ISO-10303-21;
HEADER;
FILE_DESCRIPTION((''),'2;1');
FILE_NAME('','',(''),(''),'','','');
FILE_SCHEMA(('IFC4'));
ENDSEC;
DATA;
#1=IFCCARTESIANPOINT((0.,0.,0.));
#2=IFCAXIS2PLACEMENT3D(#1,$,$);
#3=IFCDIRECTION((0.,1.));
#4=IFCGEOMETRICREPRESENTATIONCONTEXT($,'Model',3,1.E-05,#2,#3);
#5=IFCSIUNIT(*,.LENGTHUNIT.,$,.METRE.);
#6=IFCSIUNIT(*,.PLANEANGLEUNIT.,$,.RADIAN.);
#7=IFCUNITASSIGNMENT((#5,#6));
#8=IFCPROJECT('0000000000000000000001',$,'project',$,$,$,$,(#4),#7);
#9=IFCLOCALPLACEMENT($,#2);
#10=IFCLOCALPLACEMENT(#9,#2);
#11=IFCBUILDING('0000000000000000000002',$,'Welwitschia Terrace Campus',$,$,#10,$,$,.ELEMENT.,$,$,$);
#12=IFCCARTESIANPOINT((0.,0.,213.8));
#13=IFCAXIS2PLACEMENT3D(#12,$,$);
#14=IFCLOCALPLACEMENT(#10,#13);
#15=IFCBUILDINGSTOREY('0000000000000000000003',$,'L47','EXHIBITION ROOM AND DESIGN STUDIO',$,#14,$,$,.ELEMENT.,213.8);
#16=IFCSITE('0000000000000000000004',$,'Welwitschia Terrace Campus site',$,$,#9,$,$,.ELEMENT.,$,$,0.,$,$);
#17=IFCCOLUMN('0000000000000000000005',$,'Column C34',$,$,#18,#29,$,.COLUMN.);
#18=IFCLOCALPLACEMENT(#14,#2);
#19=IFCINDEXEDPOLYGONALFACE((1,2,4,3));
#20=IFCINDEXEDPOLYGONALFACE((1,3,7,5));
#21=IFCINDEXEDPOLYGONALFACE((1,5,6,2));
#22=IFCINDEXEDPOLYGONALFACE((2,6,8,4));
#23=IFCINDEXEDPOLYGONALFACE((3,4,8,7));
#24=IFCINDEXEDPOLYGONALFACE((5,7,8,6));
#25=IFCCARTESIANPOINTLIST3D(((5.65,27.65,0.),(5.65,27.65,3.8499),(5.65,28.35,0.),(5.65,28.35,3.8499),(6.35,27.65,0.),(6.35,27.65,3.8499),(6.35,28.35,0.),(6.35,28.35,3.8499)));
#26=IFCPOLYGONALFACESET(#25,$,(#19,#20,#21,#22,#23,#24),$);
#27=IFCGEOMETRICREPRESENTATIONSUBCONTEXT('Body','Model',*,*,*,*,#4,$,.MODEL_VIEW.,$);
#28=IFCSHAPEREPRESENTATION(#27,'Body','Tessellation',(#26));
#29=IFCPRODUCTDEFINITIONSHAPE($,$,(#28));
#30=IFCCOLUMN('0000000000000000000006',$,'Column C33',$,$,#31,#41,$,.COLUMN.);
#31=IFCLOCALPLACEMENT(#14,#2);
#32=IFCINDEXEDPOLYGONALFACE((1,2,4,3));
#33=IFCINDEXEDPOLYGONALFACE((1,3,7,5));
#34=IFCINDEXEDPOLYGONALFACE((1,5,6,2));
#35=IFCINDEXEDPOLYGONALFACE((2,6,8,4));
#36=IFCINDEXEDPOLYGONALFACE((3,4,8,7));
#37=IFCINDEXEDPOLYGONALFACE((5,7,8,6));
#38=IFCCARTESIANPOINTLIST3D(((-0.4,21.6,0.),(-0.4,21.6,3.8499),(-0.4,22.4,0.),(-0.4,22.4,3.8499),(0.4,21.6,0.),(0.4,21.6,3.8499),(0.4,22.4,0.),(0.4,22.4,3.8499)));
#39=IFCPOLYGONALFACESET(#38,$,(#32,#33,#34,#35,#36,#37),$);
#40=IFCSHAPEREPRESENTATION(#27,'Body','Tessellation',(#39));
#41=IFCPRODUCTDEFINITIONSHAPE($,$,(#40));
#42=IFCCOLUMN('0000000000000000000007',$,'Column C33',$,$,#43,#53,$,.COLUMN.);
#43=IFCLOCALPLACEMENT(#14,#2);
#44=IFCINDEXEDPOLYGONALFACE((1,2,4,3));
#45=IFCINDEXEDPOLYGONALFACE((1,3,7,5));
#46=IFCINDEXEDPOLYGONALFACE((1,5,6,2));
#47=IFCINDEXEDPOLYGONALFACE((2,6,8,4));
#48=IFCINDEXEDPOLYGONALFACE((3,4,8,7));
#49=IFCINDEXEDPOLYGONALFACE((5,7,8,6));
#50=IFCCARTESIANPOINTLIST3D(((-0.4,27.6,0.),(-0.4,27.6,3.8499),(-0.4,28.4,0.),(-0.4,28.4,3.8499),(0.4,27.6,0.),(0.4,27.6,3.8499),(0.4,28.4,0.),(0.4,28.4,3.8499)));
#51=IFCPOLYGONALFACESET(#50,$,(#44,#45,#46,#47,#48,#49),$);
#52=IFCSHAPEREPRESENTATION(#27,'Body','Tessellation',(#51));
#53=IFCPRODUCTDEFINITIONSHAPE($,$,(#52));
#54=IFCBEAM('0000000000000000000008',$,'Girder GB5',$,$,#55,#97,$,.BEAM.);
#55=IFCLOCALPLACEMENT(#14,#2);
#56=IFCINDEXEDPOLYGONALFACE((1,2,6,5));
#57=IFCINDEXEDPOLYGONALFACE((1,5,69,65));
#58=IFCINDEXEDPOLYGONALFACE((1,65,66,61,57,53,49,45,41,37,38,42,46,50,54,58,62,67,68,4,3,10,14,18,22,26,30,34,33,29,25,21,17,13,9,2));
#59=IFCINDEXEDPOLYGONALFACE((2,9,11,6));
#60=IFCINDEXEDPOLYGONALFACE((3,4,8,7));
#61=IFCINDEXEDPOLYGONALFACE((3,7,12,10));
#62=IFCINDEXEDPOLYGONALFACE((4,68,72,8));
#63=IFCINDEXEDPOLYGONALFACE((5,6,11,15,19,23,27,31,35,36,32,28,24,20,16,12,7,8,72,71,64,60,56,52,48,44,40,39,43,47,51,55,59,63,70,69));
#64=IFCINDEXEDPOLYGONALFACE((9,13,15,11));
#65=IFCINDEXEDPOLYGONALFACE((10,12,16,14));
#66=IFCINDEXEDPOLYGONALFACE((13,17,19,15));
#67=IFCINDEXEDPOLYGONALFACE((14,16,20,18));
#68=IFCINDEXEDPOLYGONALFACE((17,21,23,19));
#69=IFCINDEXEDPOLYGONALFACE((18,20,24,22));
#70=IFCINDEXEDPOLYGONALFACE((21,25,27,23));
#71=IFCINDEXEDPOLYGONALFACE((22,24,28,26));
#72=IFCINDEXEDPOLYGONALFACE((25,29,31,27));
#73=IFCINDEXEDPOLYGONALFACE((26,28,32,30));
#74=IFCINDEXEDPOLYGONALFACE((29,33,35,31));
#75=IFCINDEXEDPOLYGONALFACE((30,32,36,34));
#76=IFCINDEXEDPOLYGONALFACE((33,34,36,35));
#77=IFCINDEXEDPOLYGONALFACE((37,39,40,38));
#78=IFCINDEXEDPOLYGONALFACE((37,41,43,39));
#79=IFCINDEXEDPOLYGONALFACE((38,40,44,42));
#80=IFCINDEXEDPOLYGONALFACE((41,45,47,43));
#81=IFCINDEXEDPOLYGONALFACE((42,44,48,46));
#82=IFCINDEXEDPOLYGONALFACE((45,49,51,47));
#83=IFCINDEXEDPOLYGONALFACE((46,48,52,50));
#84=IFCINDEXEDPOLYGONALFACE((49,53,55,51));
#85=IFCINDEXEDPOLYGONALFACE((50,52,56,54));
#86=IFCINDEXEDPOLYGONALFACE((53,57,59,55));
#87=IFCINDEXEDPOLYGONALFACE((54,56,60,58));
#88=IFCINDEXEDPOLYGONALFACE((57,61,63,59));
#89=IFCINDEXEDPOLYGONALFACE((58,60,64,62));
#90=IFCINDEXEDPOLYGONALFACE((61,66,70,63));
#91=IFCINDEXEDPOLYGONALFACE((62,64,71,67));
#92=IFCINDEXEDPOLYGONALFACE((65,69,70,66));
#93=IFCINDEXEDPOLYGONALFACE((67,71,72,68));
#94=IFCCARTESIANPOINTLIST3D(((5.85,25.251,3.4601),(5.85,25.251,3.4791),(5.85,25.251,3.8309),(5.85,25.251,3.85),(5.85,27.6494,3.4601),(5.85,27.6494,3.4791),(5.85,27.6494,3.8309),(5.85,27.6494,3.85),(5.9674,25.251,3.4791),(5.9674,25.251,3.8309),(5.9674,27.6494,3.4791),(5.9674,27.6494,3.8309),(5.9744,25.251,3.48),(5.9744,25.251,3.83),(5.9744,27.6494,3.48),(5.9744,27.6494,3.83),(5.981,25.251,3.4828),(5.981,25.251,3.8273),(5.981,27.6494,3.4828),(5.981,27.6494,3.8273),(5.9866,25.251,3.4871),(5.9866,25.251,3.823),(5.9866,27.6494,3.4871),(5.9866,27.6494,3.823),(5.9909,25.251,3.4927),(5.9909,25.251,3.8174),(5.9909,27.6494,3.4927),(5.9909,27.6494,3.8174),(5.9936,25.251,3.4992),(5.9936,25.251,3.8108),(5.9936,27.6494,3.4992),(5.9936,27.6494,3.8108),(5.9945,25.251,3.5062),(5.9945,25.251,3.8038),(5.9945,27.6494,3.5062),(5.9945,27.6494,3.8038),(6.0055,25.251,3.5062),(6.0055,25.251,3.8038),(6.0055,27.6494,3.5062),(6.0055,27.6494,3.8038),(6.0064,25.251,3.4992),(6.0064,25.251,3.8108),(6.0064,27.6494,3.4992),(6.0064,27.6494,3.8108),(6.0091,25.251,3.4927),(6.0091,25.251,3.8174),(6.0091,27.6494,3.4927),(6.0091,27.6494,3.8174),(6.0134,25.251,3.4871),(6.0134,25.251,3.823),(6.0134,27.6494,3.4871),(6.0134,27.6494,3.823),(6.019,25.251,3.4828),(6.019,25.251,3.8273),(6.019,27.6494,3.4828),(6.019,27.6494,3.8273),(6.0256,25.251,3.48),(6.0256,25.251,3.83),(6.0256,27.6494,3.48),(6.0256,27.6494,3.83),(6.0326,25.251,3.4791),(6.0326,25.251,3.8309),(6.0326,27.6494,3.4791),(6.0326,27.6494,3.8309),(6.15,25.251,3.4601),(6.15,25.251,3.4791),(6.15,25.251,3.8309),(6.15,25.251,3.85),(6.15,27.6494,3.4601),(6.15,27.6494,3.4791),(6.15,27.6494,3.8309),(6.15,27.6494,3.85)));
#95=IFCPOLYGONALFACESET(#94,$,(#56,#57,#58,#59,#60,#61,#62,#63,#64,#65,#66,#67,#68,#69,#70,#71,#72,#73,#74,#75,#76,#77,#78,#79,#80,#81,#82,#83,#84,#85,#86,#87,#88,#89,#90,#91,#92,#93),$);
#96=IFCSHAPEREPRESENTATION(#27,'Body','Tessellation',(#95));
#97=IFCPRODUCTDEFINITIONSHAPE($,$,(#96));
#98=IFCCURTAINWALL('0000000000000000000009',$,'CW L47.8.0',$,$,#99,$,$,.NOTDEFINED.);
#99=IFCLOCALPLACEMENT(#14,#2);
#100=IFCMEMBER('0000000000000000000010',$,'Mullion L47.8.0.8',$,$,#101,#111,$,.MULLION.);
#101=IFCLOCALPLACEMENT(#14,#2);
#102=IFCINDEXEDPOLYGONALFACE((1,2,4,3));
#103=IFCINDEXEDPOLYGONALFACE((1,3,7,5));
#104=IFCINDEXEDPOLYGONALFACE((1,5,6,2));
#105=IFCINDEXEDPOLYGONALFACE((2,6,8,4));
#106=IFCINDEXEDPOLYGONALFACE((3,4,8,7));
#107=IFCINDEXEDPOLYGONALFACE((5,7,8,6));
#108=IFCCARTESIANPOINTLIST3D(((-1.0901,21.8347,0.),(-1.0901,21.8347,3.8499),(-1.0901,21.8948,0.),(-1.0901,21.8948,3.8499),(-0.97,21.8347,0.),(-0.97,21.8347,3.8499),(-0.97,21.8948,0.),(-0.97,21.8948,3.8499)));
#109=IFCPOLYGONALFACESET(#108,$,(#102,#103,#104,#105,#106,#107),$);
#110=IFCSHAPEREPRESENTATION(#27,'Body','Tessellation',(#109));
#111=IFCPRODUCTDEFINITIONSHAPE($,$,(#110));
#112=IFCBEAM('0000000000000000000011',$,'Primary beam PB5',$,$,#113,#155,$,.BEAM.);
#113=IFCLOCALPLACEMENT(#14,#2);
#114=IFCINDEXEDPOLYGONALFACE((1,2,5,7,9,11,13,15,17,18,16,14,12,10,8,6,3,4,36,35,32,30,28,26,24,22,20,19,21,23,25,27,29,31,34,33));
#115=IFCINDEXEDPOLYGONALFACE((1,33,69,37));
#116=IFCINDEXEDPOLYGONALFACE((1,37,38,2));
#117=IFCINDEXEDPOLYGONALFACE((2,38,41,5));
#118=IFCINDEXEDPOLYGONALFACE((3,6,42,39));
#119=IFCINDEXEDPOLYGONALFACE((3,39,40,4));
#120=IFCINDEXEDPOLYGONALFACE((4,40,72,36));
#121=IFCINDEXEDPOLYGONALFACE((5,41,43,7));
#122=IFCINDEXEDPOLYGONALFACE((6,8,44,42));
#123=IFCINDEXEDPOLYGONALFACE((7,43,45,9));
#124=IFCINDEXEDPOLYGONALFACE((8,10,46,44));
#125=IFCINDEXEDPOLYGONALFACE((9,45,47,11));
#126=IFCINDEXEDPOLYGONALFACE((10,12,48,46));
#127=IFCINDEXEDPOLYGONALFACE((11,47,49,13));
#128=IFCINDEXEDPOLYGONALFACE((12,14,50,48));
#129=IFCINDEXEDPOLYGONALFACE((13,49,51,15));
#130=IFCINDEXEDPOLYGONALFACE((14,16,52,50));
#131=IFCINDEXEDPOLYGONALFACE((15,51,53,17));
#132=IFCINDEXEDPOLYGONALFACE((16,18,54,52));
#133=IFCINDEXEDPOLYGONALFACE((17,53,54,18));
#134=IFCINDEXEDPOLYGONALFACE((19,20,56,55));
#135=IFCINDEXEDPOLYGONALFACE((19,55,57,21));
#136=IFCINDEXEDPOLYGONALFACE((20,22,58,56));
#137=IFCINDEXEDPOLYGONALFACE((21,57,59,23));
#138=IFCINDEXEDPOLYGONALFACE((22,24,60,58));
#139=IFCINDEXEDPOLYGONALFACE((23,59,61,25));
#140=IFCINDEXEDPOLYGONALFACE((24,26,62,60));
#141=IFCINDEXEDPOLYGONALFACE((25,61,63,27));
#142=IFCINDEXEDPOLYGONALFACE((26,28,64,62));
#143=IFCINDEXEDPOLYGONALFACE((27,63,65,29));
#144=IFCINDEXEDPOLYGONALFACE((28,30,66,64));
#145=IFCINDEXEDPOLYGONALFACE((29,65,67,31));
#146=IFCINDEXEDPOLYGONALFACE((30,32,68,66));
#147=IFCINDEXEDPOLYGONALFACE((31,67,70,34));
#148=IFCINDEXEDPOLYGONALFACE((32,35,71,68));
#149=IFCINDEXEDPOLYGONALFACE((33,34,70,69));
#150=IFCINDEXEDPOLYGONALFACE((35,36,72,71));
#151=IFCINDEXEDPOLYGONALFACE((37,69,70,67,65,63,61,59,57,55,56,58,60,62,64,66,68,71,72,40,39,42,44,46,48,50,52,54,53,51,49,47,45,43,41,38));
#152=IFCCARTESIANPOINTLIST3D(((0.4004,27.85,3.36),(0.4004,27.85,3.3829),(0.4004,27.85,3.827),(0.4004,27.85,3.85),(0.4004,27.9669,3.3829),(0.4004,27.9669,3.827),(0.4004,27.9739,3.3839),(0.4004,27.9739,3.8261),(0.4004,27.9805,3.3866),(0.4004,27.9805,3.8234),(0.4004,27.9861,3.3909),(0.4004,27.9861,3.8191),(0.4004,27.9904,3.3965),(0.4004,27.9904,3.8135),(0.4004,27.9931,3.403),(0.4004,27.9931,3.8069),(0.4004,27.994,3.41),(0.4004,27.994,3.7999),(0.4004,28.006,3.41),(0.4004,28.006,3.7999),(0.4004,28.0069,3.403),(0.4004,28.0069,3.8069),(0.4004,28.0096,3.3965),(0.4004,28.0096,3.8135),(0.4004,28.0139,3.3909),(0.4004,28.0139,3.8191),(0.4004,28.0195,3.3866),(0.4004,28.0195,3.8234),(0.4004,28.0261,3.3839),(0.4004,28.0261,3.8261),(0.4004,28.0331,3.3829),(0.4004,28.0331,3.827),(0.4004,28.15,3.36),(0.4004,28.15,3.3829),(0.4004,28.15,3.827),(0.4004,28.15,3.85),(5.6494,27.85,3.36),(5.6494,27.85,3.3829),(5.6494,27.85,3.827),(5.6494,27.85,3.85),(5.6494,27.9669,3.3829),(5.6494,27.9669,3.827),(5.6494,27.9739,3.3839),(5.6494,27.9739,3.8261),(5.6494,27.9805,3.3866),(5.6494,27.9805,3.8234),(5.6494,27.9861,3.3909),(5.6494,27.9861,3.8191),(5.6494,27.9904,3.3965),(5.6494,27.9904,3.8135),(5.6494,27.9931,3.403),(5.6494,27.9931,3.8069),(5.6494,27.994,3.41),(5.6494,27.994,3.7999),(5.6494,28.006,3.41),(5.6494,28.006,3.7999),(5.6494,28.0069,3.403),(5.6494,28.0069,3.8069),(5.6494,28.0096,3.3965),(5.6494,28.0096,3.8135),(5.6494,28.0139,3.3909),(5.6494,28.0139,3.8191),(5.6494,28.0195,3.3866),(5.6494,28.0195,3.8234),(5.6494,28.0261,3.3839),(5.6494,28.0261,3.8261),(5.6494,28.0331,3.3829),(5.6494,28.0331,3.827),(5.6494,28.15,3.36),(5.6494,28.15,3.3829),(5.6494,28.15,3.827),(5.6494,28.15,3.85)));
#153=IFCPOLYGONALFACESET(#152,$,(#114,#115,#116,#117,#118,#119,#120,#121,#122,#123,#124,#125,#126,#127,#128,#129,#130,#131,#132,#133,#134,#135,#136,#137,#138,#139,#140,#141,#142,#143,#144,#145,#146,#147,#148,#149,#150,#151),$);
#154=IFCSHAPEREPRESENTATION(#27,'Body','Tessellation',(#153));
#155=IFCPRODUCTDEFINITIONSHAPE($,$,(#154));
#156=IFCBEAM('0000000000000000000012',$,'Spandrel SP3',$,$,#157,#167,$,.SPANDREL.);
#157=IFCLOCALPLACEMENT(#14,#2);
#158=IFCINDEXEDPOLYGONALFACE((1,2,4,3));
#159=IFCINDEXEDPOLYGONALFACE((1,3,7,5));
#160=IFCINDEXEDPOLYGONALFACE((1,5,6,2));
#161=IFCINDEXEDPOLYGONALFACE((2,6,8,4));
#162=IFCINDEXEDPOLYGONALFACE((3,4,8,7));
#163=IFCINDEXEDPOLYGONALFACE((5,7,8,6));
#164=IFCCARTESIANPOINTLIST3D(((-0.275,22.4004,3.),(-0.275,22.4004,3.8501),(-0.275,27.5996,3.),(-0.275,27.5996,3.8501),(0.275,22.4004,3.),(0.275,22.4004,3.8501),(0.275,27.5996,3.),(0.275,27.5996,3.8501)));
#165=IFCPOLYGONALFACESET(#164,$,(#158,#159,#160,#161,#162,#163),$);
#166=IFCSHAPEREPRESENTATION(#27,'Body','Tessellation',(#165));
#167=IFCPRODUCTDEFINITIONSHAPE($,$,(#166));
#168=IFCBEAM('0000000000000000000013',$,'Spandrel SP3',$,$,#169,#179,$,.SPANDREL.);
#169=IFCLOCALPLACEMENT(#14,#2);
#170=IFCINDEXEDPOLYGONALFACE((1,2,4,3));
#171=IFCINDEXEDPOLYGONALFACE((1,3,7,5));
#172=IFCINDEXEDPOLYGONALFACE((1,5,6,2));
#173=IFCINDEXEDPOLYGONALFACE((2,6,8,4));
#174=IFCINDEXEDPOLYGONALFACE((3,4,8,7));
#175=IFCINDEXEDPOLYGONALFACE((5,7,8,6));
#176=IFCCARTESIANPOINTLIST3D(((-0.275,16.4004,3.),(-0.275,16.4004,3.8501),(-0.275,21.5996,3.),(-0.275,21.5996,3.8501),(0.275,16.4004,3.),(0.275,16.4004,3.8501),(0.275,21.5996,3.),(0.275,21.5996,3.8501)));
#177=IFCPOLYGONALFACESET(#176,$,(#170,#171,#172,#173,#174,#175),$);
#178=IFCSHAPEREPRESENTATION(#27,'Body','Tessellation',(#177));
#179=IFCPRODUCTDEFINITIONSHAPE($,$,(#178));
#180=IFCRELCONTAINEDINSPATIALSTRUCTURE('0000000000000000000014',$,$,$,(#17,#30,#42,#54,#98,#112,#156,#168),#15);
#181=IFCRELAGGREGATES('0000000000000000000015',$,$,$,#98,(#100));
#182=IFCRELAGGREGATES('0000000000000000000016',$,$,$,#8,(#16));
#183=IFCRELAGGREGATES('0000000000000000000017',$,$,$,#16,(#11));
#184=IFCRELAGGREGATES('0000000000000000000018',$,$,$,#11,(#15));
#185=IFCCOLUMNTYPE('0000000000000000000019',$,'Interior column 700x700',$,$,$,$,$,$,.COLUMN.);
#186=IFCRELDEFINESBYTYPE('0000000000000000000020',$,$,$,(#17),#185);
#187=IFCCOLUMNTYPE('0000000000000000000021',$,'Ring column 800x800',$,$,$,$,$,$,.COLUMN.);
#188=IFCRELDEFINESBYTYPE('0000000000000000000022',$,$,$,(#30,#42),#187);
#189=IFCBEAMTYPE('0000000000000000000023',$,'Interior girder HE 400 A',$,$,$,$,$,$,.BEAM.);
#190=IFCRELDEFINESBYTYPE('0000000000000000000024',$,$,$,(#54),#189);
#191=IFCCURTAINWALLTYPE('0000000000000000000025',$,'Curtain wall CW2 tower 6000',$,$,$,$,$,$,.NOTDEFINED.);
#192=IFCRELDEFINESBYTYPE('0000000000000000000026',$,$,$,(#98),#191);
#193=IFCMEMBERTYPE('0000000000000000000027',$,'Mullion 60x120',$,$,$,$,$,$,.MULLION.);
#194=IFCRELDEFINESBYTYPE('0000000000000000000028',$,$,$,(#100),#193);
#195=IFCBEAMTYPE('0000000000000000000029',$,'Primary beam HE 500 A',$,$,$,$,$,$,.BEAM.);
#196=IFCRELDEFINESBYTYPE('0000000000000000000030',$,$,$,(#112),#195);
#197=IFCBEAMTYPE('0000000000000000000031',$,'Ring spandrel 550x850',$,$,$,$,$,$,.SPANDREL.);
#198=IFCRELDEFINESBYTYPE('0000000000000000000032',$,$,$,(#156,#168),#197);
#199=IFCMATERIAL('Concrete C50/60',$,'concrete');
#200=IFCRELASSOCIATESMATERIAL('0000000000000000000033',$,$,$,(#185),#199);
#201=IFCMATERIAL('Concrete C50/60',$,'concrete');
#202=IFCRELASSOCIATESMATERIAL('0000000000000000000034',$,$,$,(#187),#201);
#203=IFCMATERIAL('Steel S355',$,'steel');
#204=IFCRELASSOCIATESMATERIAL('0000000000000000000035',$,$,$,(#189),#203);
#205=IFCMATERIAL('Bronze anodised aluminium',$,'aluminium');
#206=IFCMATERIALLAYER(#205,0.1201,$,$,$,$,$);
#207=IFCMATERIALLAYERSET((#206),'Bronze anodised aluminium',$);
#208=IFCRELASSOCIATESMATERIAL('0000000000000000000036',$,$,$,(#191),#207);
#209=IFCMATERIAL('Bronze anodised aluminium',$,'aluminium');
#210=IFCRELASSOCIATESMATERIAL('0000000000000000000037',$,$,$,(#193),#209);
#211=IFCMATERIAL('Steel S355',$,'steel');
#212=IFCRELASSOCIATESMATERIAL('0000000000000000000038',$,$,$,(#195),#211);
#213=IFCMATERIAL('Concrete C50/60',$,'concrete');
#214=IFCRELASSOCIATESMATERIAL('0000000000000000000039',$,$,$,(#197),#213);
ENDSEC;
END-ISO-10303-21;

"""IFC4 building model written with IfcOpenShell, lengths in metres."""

from ifc_helpers import new_model, si_unit, direction, frame, origin, origin_2d, place, context, subcontext, project, spatial, rectangle, i_section, extrude, material, layer, layer_set, material_profile, profile_set, type_object, element, aggregate, save


model = new_model("IFC4")

# Units and contexts
model_context = context("Model", 3, precision=1e-05, world=origin(), true_north=direction((0.0, 1.0)))
body_context = subcontext(model_context, "Body", "Model", "MODEL_VIEW")
ifc_project = project(units=[si_unit("LENGTHUNIT", "METRE"), si_unit("PLANEANGLEUNIT", "RADIAN")], contexts=[model_context])

# Site, building, storey
site_placement = place(None, origin())
site = spatial("IfcSite", under=ifc_project, at=site_placement, Name="Welwitschia Terrace Campus site", CompositionType="ELEMENT", RefElevation=0.0)
building_placement = place(site_placement, origin())
building = spatial("IfcBuilding", under=site, at=building_placement, Name="Welwitschia Terrace Campus", CompositionType="ELEMENT")
storey_placement = place(building_placement, frame((0.0, 0.0, 213.8)))
storey = spatial("IfcBuildingStorey", under=building, at=storey_placement, Name="L47", Description="EXHIBITION ROOM AND DESIGN STUDIO", CompositionType="ELEMENT", Elevation=213.8)

# Columns
ifc_material_1 = material(Name="Concrete C50/60", Category="concrete")
ifc_material_profile_1 = material_profile(ifc_material_1, rectangle(XDim=0.7, YDim=0.7, at=origin_2d()))
ifc_profile_set_1 = profile_set([ifc_material_profile_1], Name="Concrete C50/60")
column_type_1 = type_object("IfcColumnType", Name="Interior column 700x700", PredefinedType="COLUMN", material=ifc_profile_set_1)
column_placement = place(storey_placement, frame((6.0, 28.0, 0.0), z_axis=(0.0, 0.0, 1.0), x_axis=(1.0, 0.0, 0.0)))
element("IfcColumn", 1, at=column_placement, inside=storey, type_object=column_type_1, Name="Column C34", PredefinedType="COLUMN", context=body_context, shape_type="SweptSolid", body=[
    extrude(rectangle(XDim=0.7, YDim=0.7, at=origin_2d()), origin(), (0.0, 0.0, 1.0), 3.8499),
])
ifc_material_2 = material(Name="Concrete C50/60", Category="concrete")
ifc_material_profile_2 = material_profile(ifc_material_2, rectangle(XDim=0.8, YDim=0.8, at=origin_2d()))
ifc_profile_set_2 = profile_set([ifc_material_profile_2], Name="Concrete C50/60")
column_type_2 = type_object("IfcColumnType", Name="Ring column 800x800", PredefinedType="COLUMN", material=ifc_profile_set_2)
for number, where, z_axis, x_axis, name in (
    (2, (0.0, 22.0, 0.0), (0.0, 0.0, 1.0), (1.0, 0.0, 0.0), "Column C33"),
    (3, (0.0, 28.0, 0.0), (0.0, 0.0, 1.0), (1.0, 0.0, 0.0), "Column C33"),
):
    element("IfcColumn", number, at=place(storey_placement, frame(where, z_axis=z_axis, x_axis=x_axis)), inside=storey, type_object=column_type_2, Name=name, PredefinedType="COLUMN", context=body_context, shape_type="SweptSolid", body=[
        extrude(rectangle(XDim=0.8, YDim=0.8, at=origin_2d()), origin(), (0.0, 0.0, 1.0), 3.8499),
    ])

# Beam
ifc_material_3 = material(Name="Steel S355", Category="steel")
ifc_material_profile_3 = material_profile(ifc_material_3, i_section(OverallWidth=0.3, OverallDepth=0.3899, WebThickness=0.011, FlangeThickness=0.019, FilletRadius=0.0271, at=origin_2d()))
ifc_profile_set_3 = profile_set([ifc_material_profile_3], Name="Steel S355")
beam_type_1 = type_object("IfcBeamType", Name="Interior girder HE 400 A", PredefinedType="BEAM", material=ifc_profile_set_3)
beam_1_placement = place(storey_placement, frame((6.0, 25.251, 3.655), z_axis=(0.0, 1.0, 0.0), x_axis=(-1.0, 0.0, 0.0)))
element("IfcBeam", 4, at=beam_1_placement, inside=storey, type_object=beam_type_1, Name="Girder GB5", PredefinedType="BEAM", context=body_context, shape_type="SweptSolid", body=[
    extrude(i_section(OverallWidth=0.3, OverallDepth=0.3899, WebThickness=0.011, FlangeThickness=0.019, FilletRadius=0.0271, at=origin_2d()), origin(), (0.0, 0.0, 1.0), 2.3984),
])

# Curtain wall, member
ifc_material_4 = material(Name="Bronze anodised aluminium", Category="aluminium")
ifc_layer_1 = layer(ifc_material_4, 0.1201)
ifc_layer_set_1 = layer_set([ifc_layer_1], Name="Bronze anodised aluminium")
curtain_wall_type = type_object("IfcCurtainWallType", Name="Curtain wall CW2 tower 6000", PredefinedType="NOTDEFINED", material=ifc_layer_set_1)
curtain_wall_placement = place(storey_placement, origin())
curtain_wall = element("IfcCurtainWall", 5, at=curtain_wall_placement, inside=storey, type_object=curtain_wall_type, Name="CW L47.8.0", PredefinedType="NOTDEFINED")
ifc_material_5 = material(Name="Bronze anodised aluminium", Category="aluminium")
ifc_material_profile_4 = material_profile(ifc_material_5, rectangle(XDim=0.1201, YDim=0.0601, at=origin_2d()))
ifc_profile_set_4 = profile_set([ifc_material_profile_4], Name="Bronze anodised aluminium")
member_type = type_object("IfcMemberType", Name="Mullion 60x120", PredefinedType="MULLION", material=ifc_profile_set_4)
member_placement = place(storey_placement, frame((-1.03, 21.8647, 0.0), z_axis=(0.0, 0.0, 1.0), x_axis=(1.0, 0.0, 0.0)))
member = element("IfcMember", 6, at=member_placement, type_object=member_type, Name="Mullion L47.8.0.8", PredefinedType="MULLION", context=body_context, shape_type="SweptSolid", body=[
    extrude(rectangle(XDim=0.1201, YDim=0.0601, at=origin_2d()), origin(), (0.0, 0.0, 1.0), 3.8499),
])

# Beams
ifc_material_6 = material(Name="Steel S355", Category="steel")
ifc_material_profile_5 = material_profile(ifc_material_6, i_section(OverallWidth=0.3, OverallDepth=0.49, WebThickness=0.012, FlangeThickness=0.0229, FilletRadius=0.0271, at=origin_2d()))
ifc_profile_set_5 = profile_set([ifc_material_profile_5], Name="Steel S355")
beam_type_2 = type_object("IfcBeamType", Name="Primary beam HE 500 A", PredefinedType="BEAM", material=ifc_profile_set_5)
beam_2_placement = place(storey_placement, frame((0.4004, 28.0, 3.605), z_axis=(1.0, 0.0, 0.0), x_axis=(0.0, 1.0, 0.0)))
element("IfcBeam", 7, at=beam_2_placement, inside=storey, type_object=beam_type_2, Name="Primary beam PB5", PredefinedType="BEAM", context=body_context, shape_type="SweptSolid", body=[
    extrude(i_section(OverallWidth=0.3, OverallDepth=0.49, WebThickness=0.012, FlangeThickness=0.0229, FilletRadius=0.0271, at=origin_2d()), origin(), (0.0, 0.0, 1.0), 5.249),
])
ifc_material_7 = material(Name="Concrete C50/60", Category="concrete")
ifc_material_profile_6 = material_profile(ifc_material_7, rectangle(XDim=0.55, YDim=0.8501, at=origin_2d()))
ifc_profile_set_6 = profile_set([ifc_material_profile_6], Name="Concrete C50/60")
beam_type_3 = type_object("IfcBeamType", Name="Ring spandrel 550x850", PredefinedType="SPANDREL", material=ifc_profile_set_6)
for number, where, z_axis, x_axis, name in (
    (8, (0.0, 27.5996, 3.425), (0.0, -1.0, 0.0), (1.0, 0.0, 0.0), "Spandrel SP3"),
    (9, (0.0, 21.5996, 3.425), (0.0, -1.0, 0.0), (1.0, 0.0, 0.0), "Spandrel SP3"),
):
    element("IfcBeam", number, at=place(storey_placement, frame(where, z_axis=z_axis, x_axis=x_axis)), inside=storey, type_object=beam_type_3, Name=name, PredefinedType="SPANDREL", context=body_context, shape_type="SweptSolid", body=[
        extrude(rectangle(XDim=0.55, YDim=0.8501, at=origin_2d()), origin(), (0.0, 0.0, 1.0), 5.1992),
    ])

aggregate(curtain_wall, [member])

save(model, "model.ifc")
